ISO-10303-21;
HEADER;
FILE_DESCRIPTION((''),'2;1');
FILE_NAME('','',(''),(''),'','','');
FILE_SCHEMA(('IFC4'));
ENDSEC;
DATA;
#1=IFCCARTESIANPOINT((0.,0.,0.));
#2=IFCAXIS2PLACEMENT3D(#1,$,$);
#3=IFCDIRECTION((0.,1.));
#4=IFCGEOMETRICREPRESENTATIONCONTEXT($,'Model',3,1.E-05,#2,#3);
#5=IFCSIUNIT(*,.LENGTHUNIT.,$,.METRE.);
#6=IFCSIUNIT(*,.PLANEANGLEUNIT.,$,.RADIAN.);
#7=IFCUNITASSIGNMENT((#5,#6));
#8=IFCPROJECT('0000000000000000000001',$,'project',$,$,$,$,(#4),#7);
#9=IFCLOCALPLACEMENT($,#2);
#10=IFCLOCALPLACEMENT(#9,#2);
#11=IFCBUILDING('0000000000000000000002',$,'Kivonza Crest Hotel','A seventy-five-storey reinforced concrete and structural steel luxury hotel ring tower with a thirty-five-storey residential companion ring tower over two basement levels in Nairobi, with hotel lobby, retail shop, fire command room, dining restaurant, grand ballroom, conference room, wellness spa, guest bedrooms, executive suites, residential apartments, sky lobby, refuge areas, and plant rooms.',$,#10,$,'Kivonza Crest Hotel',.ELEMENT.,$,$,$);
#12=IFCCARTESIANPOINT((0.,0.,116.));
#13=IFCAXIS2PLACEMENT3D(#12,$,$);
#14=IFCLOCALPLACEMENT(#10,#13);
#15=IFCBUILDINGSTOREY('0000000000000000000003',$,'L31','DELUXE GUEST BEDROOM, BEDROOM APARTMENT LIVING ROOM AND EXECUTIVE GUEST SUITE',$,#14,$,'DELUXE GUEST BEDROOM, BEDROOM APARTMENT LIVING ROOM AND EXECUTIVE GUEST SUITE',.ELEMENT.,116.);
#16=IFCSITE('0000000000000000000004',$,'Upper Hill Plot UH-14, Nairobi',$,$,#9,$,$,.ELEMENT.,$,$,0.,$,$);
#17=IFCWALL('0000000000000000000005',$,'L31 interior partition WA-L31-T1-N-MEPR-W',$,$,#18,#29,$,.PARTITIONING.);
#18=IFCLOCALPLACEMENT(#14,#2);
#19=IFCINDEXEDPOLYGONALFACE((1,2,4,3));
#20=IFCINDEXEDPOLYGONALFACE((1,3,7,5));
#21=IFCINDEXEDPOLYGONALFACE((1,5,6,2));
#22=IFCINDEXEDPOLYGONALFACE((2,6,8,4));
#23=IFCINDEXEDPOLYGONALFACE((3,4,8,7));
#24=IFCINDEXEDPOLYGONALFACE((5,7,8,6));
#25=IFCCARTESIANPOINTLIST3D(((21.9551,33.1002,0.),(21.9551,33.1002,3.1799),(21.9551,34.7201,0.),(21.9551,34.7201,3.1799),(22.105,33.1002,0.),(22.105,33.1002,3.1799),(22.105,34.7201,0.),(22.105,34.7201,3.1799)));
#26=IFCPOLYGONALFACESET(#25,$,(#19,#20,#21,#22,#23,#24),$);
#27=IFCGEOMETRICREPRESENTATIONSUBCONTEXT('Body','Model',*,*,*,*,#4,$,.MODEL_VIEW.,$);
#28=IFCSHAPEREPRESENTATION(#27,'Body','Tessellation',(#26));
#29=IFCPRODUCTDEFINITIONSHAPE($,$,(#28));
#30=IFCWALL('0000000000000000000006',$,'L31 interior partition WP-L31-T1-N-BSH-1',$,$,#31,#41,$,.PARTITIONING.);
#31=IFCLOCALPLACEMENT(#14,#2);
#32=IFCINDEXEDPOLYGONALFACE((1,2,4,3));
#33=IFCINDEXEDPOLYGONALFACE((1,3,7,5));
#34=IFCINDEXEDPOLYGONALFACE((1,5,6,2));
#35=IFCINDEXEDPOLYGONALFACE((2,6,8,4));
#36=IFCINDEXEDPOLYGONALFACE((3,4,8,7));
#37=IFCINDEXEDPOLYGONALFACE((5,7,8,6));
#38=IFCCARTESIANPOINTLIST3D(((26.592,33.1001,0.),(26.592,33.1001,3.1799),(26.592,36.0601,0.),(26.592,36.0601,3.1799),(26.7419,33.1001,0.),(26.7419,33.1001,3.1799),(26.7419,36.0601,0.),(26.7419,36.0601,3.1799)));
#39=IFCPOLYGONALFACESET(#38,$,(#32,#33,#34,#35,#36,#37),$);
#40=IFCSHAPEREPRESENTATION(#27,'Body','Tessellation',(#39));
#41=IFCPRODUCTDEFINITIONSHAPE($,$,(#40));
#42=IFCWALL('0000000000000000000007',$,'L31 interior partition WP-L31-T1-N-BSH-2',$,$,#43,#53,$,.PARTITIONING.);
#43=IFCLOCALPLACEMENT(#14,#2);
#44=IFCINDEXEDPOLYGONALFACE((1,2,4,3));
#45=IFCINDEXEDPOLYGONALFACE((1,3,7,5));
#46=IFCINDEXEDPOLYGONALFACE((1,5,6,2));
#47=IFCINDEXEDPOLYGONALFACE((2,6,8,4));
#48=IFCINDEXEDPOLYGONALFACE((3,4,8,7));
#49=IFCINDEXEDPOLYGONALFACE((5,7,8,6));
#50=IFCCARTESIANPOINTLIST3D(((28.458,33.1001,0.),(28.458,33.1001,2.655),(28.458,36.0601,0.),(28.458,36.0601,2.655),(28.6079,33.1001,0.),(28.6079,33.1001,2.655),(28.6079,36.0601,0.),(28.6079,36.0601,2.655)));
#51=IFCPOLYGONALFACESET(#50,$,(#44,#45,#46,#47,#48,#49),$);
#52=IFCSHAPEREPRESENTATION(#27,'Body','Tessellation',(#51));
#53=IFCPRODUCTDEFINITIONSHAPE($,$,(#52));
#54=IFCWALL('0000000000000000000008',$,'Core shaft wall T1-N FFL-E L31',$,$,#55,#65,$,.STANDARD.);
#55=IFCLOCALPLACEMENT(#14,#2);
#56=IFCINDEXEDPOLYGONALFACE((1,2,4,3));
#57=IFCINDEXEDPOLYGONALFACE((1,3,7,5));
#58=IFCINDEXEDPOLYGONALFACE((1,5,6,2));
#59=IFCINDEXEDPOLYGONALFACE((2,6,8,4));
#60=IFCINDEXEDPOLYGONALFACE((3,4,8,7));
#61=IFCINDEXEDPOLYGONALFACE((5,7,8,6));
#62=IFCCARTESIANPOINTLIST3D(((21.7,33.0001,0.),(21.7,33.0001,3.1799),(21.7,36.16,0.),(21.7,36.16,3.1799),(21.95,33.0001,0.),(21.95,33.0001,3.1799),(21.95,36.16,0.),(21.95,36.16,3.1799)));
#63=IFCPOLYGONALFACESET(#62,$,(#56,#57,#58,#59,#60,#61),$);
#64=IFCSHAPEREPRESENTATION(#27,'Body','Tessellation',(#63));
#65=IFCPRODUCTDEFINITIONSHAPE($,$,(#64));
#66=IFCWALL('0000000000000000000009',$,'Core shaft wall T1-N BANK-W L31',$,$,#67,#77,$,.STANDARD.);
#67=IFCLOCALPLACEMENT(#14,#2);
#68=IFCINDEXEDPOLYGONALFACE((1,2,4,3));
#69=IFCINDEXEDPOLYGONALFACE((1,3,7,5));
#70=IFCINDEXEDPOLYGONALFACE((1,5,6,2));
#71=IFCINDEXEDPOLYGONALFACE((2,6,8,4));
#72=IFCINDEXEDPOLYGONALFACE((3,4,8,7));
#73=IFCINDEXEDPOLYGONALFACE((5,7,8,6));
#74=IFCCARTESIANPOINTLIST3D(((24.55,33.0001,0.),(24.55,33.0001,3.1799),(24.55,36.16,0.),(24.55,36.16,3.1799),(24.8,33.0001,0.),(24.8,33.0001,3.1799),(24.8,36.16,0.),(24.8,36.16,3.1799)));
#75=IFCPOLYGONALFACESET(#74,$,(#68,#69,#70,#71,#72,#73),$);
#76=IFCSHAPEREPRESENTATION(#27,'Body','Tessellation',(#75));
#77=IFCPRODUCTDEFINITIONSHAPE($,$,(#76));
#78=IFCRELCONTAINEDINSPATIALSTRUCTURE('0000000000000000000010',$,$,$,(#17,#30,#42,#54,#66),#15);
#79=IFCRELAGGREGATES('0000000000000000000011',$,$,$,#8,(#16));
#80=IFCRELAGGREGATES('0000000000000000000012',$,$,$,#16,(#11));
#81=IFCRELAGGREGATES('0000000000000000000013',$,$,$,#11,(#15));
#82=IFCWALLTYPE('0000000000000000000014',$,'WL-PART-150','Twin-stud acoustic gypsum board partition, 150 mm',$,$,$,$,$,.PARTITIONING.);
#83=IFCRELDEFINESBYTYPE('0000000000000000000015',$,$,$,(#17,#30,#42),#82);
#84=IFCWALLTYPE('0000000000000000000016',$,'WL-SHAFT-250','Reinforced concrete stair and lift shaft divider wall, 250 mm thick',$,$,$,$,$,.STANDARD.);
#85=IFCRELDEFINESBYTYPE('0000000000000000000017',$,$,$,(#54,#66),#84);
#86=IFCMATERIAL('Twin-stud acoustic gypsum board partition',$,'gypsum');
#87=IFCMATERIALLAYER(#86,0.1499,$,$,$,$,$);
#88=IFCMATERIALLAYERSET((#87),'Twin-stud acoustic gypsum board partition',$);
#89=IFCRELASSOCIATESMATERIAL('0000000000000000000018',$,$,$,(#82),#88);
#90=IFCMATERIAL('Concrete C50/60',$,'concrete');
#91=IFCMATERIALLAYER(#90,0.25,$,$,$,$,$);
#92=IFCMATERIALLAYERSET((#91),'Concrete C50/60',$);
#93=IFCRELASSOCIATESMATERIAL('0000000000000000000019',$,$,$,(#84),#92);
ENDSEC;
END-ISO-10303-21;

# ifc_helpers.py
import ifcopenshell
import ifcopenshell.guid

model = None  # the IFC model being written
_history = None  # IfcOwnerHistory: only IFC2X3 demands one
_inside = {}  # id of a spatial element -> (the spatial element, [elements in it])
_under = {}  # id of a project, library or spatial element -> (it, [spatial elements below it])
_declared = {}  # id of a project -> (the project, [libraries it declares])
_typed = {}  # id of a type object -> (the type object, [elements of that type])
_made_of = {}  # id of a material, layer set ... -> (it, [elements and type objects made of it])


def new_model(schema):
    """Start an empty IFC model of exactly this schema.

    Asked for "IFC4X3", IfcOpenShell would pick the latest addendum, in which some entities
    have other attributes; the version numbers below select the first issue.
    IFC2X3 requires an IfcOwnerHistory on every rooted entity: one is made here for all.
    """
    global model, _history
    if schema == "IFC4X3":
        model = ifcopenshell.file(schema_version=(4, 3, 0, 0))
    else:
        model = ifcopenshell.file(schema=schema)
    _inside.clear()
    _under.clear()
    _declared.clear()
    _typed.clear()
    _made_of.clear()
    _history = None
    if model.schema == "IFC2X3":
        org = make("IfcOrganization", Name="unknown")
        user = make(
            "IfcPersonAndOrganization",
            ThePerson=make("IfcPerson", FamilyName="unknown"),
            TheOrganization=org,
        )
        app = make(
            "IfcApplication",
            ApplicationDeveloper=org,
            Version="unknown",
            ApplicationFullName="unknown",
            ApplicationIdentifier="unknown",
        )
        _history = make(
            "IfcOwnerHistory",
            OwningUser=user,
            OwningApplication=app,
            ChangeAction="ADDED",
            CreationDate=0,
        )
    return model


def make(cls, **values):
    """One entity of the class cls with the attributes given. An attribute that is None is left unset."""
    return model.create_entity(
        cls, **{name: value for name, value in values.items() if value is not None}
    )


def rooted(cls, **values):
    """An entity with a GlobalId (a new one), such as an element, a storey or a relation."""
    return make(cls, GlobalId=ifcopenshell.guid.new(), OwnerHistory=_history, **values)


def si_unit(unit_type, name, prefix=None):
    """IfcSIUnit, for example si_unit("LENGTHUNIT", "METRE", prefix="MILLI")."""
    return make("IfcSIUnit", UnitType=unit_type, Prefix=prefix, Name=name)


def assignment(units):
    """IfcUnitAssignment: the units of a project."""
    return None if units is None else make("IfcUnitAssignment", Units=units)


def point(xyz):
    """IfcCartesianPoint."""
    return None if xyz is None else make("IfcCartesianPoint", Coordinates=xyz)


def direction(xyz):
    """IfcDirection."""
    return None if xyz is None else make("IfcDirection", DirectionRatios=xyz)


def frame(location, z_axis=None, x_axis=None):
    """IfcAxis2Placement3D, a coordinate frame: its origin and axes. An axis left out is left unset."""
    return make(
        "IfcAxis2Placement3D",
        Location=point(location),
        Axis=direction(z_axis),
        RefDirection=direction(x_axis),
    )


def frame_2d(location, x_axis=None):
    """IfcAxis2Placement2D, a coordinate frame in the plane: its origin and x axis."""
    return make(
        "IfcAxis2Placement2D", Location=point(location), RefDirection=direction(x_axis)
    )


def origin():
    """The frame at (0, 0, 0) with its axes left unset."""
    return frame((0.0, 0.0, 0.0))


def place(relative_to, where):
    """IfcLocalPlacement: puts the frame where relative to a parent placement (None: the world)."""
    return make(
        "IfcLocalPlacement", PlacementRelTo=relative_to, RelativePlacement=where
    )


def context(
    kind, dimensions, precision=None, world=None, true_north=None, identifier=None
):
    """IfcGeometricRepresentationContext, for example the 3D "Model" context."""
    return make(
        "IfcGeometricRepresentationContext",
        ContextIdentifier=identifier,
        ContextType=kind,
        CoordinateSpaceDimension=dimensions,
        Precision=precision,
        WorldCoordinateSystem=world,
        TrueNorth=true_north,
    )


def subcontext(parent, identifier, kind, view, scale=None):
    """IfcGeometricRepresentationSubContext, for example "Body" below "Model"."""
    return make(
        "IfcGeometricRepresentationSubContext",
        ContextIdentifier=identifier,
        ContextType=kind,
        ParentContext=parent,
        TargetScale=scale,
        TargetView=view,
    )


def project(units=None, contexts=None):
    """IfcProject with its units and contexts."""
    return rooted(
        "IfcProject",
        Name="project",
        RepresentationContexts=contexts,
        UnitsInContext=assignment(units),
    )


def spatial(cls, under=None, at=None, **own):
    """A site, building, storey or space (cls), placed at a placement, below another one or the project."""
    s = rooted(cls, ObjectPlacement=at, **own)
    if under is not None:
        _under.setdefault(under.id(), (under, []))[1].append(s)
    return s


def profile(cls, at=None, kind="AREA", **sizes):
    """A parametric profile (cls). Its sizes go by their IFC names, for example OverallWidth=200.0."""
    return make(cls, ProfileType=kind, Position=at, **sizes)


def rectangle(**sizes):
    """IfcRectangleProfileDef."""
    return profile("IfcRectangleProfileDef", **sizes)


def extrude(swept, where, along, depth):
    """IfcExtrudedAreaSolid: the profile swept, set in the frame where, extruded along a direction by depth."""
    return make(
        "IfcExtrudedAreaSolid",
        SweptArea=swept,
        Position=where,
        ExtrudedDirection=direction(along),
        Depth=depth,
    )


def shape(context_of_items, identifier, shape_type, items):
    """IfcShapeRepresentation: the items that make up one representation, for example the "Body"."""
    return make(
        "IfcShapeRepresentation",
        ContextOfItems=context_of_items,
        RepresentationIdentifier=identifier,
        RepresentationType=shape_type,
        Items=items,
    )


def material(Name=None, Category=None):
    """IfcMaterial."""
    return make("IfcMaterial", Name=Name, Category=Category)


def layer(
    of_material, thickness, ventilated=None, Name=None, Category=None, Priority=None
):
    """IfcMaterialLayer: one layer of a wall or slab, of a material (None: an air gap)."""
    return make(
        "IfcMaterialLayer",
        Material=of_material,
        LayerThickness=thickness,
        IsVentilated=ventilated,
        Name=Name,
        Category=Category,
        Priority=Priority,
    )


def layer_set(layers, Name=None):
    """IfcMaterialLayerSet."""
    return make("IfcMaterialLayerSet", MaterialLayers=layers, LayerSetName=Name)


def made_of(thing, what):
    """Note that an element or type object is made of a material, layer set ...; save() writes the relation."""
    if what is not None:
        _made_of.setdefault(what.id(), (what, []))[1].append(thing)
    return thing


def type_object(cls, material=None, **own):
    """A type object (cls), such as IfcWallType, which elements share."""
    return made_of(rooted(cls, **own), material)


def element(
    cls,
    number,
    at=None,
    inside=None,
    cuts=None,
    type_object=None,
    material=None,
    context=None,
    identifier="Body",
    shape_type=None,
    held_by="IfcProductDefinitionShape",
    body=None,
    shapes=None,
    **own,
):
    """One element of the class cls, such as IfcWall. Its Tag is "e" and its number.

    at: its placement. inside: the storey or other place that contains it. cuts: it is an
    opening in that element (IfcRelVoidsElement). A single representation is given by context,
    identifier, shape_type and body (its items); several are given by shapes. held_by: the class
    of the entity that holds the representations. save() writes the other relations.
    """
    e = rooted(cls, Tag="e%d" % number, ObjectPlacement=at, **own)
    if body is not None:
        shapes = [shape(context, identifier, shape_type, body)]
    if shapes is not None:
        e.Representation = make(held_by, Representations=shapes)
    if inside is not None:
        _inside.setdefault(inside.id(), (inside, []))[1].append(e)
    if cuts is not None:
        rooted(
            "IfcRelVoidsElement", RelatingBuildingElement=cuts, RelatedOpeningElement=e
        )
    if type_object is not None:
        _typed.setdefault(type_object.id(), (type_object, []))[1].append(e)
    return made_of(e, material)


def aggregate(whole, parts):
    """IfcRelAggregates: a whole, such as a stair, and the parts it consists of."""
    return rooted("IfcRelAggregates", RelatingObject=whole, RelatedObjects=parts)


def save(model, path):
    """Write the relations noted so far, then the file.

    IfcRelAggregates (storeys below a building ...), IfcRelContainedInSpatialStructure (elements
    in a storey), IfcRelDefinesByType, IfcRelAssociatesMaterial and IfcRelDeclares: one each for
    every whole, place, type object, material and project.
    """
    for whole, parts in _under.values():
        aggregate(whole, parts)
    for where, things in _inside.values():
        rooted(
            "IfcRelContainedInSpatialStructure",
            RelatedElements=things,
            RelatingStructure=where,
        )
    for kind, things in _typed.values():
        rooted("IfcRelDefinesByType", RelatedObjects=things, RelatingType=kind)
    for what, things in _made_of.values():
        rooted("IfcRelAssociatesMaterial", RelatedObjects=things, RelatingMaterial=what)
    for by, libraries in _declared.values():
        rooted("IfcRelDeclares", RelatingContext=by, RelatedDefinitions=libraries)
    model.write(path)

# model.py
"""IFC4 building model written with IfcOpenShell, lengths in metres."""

from ifc_helpers import new_model, si_unit, direction, frame, frame_2d, origin, place, context, subcontext, project, spatial, rectangle, extrude, material, layer, layer_set, type_object, element, save


model = new_model("IFC4")

# Units and contexts
model_context = context("Model", 3, precision=1e-05, world=origin(), true_north=direction((0.0, 1.0)))
body_context = subcontext(model_context, "Body", "Model", "MODEL_VIEW")
ifc_project = project(units=[si_unit("LENGTHUNIT", "METRE"), si_unit("PLANEANGLEUNIT", "RADIAN")], contexts=[model_context])

# Site, building, storey
site_placement = place(None, origin())
site = spatial("IfcSite", under=ifc_project, at=site_placement, Name="Upper Hill Plot UH-14, Nairobi", CompositionType="ELEMENT", RefElevation=0.0)
building_placement = place(site_placement, origin())
building = spatial("IfcBuilding", under=site, at=building_placement, Name="Kivonza Crest Hotel", Description="A seventy-five-storey reinforced concrete and structural steel luxury hotel ring tower with a thirty-five-storey residential companion ring tower over two basement levels in Nairobi, with hotel lobby, retail shop, fire command room, dining restaurant, grand ballroom, conference room, wellness spa, guest bedrooms, executive suites, residential apartments, sky lobby, refuge areas, and plant rooms.", LongName="Kivonza Crest Hotel", CompositionType="ELEMENT")
storey_placement = place(building_placement, frame((0.0, 0.0, 116.0)))
storey = spatial("IfcBuildingStorey", under=building, at=storey_placement, Name="L31", Description="DELUXE GUEST BEDROOM, BEDROOM APARTMENT LIVING ROOM AND EXECUTIVE GUEST SUITE", LongName="DELUXE GUEST BEDROOM, BEDROOM APARTMENT LIVING ROOM AND EXECUTIVE GUEST SUITE", CompositionType="ELEMENT", Elevation=116.0)

# Walls
ifc_material_1 = material(Name="Twin-stud acoustic gypsum board partition", Category="gypsum")
ifc_layer_1 = layer(ifc_material_1, 0.1499)
ifc_layer_set_1 = layer_set([ifc_layer_1], Name="Twin-stud acoustic gypsum board partition")
wall_type_1 = type_object("IfcWallType", Name="WL-PART-150", Description="Twin-stud acoustic gypsum board partition, 150 mm", PredefinedType="PARTITIONING", material=ifc_layer_set_1)
wall_1_placement = place(storey_placement, frame((22.03, 33.1001, 0.0), z_axis=(0.0, 0.0, 1.0), x_axis=(0.0, 1.0, 0.0)))
element("IfcWall", 1, at=wall_1_placement, inside=storey, type_object=wall_type_1, Name="L31 interior partition WA-L31-T1-N-MEPR-W", PredefinedType="PARTITIONING", context=body_context, shape_type="SweptSolid", body=[
    extrude(rectangle(XDim=1.6199, YDim=0.1499, at=frame_2d((0.8101, 0.0))), origin(), (0.0, 0.0, 1.0), 3.1799),
])
wall_2_placement = place(storey_placement, frame((26.667, 33.1001, 0.0), z_axis=(0.0, 0.0, 1.0), x_axis=(0.0, 1.0, 0.0)))
element("IfcWall", 2, at=wall_2_placement, inside=storey, type_object=wall_type_1, Name="L31 interior partition WP-L31-T1-N-BSH-1", PredefinedType="PARTITIONING", context=body_context, shape_type="SweptSolid", body=[
    extrude(rectangle(XDim=2.96, YDim=0.1499, at=frame_2d((1.48, 0.0))), origin(), (0.0, 0.0, 1.0), 3.1799),
])
wall_3_placement = place(storey_placement, frame((28.533, 33.1001, 0.0), z_axis=(0.0, 0.0, 1.0), x_axis=(0.0, 1.0, 0.0)))
element("IfcWall", 3, at=wall_3_placement, inside=storey, type_object=wall_type_1, Name="L31 interior partition WP-L31-T1-N-BSH-2", PredefinedType="PARTITIONING", context=body_context, shape_type="SweptSolid", body=[
    extrude(rectangle(XDim=2.96, YDim=0.1499, at=frame_2d((1.48, 0.0))), origin(), (0.0, 0.0, 1.0), 2.655),
])

# Shared definitions
ifc_material_2 = material(Name="Concrete C50/60", Category="concrete")
ifc_layer_2 = layer(ifc_material_2, 0.25)
ifc_layer_set_2 = layer_set([ifc_layer_2], Name="Concrete C50/60")
wall_type_2 = type_object("IfcWallType", Name="WL-SHAFT-250", Description="Reinforced concrete stair and lift shaft divider wall, 250 mm thick", PredefinedType="STANDARD", material=ifc_layer_set_2)

# Walls
for number, where, z_axis, x_axis, name in (
    (4, (21.825, 33.0, 0.0), (0.0, 0.0, 1.0), (0.0, 1.0, 0.0), "Core shaft wall T1-N FFL-E L31"),
    (5, (24.675, 33.0, 0.0), (0.0, 0.0, 1.0), (0.0, 1.0, 0.0), "Core shaft wall T1-N BANK-W L31"),
):
    element("IfcWall", number, at=place(storey_placement, frame(where, z_axis=z_axis, x_axis=x_axis)), inside=storey, type_object=wall_type_2, Name=name, PredefinedType="STANDARD", context=body_context, shape_type="SweptSolid", body=[
        extrude(rectangle(XDim=3.1599, YDim=0.25, at=frame_2d((1.5801, 0.0))), origin(), (0.0, 0.0, 1.0), 3.1799),
    ])

save(model, "model.ifc")
